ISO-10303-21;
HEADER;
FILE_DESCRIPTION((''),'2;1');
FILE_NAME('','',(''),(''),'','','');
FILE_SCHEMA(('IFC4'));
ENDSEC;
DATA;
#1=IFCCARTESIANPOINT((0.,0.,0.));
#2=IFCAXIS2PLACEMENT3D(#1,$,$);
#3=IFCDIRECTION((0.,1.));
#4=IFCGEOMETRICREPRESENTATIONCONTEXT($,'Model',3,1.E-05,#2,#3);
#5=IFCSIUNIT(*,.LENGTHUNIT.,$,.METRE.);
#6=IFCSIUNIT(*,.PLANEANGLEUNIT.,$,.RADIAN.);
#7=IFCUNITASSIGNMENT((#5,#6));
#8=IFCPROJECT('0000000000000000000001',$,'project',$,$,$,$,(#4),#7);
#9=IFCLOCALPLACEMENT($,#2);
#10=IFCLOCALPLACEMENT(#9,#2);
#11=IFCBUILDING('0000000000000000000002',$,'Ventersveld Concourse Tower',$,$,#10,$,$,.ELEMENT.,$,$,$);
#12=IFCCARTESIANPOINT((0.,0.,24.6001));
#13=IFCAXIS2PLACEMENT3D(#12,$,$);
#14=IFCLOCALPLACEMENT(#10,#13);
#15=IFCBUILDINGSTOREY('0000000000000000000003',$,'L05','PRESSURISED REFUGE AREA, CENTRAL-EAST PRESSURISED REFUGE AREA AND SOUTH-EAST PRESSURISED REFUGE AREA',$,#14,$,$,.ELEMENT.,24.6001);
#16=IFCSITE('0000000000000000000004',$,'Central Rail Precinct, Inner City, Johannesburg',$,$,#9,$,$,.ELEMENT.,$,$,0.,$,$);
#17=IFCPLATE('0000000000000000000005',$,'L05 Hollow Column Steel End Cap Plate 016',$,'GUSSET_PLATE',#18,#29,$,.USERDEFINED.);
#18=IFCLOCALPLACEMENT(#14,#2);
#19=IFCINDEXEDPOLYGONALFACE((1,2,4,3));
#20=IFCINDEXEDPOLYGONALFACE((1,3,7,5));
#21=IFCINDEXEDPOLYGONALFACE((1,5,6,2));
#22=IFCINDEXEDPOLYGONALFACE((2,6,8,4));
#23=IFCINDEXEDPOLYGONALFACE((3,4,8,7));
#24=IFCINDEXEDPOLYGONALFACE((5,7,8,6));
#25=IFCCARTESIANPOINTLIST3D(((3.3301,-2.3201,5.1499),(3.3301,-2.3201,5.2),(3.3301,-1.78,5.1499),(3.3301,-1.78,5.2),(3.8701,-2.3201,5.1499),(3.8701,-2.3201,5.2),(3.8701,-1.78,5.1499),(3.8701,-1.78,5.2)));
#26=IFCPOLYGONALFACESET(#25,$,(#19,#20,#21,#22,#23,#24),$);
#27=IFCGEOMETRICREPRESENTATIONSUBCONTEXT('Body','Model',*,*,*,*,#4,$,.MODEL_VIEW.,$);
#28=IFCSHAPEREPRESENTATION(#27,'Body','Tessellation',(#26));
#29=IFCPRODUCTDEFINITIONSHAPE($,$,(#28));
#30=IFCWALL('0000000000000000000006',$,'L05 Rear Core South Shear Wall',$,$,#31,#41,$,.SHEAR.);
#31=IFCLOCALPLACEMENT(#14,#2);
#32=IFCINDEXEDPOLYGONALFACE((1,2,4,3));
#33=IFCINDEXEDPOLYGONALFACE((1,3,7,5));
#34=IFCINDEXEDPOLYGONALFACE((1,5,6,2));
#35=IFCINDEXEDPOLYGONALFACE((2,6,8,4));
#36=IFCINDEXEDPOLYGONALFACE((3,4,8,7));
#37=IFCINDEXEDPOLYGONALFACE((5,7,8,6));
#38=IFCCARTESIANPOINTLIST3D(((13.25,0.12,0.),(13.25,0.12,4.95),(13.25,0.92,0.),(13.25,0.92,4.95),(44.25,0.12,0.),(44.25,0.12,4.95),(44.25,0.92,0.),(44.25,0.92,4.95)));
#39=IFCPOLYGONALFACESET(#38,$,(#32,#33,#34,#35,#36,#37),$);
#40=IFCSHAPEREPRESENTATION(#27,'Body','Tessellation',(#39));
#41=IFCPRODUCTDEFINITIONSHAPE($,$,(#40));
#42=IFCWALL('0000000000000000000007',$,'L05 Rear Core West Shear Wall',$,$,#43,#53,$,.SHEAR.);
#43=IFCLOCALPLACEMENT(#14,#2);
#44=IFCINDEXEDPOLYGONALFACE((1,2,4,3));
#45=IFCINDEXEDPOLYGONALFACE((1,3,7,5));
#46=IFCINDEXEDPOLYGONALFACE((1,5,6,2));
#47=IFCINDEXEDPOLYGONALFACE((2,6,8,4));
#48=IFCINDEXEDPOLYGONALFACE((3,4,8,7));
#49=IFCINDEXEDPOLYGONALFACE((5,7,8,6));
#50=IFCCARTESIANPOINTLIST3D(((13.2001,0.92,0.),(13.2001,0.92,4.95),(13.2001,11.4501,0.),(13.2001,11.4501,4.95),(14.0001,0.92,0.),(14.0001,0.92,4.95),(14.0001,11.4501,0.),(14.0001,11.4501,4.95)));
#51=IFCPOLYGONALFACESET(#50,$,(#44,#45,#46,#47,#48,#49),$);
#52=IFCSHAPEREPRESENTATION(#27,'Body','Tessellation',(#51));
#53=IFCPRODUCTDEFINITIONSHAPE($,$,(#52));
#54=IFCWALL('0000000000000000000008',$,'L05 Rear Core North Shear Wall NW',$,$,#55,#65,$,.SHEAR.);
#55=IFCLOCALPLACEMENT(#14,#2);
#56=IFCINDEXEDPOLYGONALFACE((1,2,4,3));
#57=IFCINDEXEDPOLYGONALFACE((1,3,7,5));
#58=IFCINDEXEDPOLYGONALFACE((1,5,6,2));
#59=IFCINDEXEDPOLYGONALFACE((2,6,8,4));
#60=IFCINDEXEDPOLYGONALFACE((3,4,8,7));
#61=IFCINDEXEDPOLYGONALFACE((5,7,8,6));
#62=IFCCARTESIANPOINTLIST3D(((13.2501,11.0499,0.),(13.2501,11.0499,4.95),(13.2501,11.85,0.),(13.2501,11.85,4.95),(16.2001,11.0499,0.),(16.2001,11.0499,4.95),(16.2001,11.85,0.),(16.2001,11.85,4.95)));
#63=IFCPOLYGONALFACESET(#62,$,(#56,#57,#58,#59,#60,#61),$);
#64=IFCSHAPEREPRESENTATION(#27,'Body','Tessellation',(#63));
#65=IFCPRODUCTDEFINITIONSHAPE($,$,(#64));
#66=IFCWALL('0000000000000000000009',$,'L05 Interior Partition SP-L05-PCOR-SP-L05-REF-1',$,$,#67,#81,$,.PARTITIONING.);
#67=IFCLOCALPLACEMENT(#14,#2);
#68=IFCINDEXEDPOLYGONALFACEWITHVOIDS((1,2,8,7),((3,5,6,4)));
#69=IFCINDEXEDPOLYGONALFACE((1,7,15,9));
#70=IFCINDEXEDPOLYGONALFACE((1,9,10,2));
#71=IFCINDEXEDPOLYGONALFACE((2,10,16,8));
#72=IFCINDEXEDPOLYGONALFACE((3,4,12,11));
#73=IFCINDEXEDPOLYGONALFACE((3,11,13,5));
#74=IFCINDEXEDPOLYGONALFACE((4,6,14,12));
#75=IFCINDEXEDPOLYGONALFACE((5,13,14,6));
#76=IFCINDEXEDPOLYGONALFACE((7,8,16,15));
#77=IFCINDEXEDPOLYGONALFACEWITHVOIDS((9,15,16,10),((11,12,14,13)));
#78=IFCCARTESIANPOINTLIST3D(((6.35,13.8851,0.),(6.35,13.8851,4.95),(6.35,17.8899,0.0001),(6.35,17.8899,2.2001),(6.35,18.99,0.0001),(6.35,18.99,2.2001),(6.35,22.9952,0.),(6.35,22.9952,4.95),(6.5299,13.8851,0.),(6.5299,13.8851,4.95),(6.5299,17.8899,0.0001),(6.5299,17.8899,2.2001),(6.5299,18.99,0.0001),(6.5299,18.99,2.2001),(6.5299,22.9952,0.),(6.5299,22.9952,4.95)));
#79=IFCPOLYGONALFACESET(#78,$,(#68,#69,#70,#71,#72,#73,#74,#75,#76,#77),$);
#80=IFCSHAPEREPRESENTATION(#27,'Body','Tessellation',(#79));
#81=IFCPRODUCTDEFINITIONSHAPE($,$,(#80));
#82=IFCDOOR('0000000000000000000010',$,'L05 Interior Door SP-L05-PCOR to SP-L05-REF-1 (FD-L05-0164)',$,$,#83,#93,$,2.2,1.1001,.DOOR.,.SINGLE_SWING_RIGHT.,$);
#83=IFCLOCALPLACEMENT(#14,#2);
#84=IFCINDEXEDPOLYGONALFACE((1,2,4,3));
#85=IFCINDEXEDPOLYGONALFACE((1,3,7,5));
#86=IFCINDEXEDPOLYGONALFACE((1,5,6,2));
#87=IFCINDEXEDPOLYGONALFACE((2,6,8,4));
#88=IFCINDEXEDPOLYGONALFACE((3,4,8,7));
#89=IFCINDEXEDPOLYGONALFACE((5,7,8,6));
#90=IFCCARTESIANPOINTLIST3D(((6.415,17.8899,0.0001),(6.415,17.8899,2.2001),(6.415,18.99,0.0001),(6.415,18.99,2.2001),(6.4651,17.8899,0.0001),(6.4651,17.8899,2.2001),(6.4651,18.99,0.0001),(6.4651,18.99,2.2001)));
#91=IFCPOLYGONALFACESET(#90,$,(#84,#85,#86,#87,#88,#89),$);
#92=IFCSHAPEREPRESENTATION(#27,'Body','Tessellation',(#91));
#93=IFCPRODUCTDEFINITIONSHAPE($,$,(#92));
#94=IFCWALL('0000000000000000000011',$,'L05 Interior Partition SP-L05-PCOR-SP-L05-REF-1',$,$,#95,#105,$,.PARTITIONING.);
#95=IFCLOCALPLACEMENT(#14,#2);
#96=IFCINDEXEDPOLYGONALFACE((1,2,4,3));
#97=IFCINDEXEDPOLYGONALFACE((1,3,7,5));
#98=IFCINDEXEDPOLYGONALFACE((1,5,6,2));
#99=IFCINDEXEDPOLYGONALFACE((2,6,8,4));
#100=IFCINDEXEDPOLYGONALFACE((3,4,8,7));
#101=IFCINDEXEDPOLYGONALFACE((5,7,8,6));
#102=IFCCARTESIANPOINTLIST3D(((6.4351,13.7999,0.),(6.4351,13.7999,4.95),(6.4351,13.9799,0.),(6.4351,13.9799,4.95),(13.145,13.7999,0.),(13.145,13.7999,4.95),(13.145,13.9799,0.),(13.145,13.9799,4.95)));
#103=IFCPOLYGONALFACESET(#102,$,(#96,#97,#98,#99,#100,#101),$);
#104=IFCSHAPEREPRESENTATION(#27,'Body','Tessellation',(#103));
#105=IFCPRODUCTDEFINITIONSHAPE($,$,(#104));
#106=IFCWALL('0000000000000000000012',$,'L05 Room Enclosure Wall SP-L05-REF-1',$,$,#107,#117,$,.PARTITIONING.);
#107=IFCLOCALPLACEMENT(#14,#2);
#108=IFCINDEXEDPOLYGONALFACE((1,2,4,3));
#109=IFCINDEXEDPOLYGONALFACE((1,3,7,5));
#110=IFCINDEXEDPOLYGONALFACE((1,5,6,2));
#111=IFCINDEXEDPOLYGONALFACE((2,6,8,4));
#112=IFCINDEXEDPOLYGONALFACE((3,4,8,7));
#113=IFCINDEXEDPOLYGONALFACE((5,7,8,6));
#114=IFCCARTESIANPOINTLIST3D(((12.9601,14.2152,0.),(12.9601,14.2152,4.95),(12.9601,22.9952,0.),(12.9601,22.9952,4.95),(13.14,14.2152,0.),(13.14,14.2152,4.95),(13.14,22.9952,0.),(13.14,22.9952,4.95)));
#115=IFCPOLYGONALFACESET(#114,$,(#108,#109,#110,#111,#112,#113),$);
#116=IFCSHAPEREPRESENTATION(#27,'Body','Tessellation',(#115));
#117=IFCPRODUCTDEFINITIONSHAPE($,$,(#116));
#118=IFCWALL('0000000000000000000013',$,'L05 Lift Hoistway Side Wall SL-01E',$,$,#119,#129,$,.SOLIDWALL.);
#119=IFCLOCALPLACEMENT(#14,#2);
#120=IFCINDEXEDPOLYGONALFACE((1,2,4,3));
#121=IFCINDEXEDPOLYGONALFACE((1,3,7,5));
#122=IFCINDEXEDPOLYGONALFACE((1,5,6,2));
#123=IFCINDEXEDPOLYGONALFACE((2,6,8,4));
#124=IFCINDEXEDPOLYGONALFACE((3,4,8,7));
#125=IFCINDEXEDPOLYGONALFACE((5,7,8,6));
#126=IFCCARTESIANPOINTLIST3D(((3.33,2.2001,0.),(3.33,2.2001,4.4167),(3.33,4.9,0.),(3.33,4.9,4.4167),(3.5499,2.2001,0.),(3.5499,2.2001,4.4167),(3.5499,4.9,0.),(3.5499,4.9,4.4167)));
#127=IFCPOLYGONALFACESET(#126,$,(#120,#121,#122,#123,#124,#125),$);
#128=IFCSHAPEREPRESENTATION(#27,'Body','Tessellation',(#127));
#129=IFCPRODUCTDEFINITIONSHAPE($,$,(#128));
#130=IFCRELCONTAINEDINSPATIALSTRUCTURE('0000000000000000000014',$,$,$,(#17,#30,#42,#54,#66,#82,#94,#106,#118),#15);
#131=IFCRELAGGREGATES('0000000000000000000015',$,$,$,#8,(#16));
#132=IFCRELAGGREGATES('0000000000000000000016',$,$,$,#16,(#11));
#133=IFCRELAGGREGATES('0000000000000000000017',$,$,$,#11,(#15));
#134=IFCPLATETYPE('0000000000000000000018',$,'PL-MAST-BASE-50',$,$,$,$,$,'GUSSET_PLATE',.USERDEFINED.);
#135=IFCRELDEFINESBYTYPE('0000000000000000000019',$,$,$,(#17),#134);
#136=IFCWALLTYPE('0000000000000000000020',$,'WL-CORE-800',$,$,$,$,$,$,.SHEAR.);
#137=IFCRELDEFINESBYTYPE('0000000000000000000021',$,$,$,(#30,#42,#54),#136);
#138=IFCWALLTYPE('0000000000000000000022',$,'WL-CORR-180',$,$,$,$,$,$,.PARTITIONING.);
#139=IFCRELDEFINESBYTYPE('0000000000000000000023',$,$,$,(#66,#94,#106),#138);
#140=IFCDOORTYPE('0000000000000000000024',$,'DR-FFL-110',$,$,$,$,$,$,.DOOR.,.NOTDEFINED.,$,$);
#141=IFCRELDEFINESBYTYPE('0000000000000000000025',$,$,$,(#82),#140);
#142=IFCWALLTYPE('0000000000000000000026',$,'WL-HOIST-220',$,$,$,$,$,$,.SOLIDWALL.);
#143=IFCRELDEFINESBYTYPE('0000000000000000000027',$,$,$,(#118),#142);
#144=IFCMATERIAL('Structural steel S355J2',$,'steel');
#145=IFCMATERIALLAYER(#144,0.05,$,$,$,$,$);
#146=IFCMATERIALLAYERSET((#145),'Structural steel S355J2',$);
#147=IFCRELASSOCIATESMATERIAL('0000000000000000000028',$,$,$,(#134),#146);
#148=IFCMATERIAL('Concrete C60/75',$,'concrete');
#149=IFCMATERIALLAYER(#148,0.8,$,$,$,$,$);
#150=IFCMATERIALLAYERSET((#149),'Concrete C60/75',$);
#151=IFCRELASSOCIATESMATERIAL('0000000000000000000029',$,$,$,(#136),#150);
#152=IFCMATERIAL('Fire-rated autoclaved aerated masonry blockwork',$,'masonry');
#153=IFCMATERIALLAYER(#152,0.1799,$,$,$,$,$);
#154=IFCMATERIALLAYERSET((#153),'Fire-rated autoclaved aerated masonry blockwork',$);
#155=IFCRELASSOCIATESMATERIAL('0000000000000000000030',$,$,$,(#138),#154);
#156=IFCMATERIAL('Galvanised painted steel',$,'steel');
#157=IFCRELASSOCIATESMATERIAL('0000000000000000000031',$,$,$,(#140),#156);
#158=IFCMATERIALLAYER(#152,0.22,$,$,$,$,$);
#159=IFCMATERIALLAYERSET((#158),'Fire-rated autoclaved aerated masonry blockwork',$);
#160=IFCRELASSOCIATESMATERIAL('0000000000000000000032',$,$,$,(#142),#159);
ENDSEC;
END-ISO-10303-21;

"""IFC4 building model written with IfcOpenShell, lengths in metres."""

from ifc_helpers import new_model, si_unit, direction, frame, frame_2d, origin, origin_2d, place, context, subcontext, project, spatial, rectangle, extrude, material, layer, layer_set, type_object, element, fill, save


model = new_model("IFC4")

# Units and contexts
model_context = context("Model", 3, precision=1e-05, world=origin(), true_north=direction((0.0, 1.0)))
body_context = subcontext(model_context, "Body", "Model", "MODEL_VIEW")
ifc_project = project(units=[si_unit("LENGTHUNIT", "METRE"), si_unit("PLANEANGLEUNIT", "RADIAN")], contexts=[model_context])

# Site, building, storey
site_placement = place(None, origin())
site = spatial("IfcSite", under=ifc_project, at=site_placement, Name="Central Rail Precinct, Inner City, Johannesburg", CompositionType="ELEMENT", RefElevation=0.0)
building_placement = place(site_placement, origin())
building = spatial("IfcBuilding", under=site, at=building_placement, Name="Ventersveld Concourse Tower", CompositionType="ELEMENT")
storey_placement = place(building_placement, frame((0.0, 0.0, 24.6001)))
storey = spatial("IfcBuildingStorey", under=building, at=storey_placement, Name="L05", Description="PRESSURISED REFUGE AREA, CENTRAL-EAST PRESSURISED REFUGE AREA AND SOUTH-EAST PRESSURISED REFUGE AREA", CompositionType="ELEMENT", Elevation=24.6001)

# Shared definitions
ifc_material_1 = material(Name="Concrete C60/75", Category="concrete")

# Shared definitions
ifc_material_2 = material(Name="Structural steel S355J2", Category="steel")

# Plate
ifc_layer_1 = layer(ifc_material_2, 0.05)
ifc_layer_set_1 = layer_set([ifc_layer_1], Name="Structural steel S355J2")
plate_type = type_object("IfcPlateType", Name="PL-MAST-BASE-50", ElementType="GUSSET_PLATE", PredefinedType="USERDEFINED", material=ifc_layer_set_1)
plate_placement = place(storey_placement, frame((3.6001, -2.05, 5.1499), z_axis=(0.0, 0.0, 1.0), x_axis=(1.0, 0.0, 0.0)))
element("IfcPlate", 1, at=plate_placement, inside=storey, type_object=plate_type, Name="L05 Hollow Column Steel End Cap Plate 016", ObjectType="GUSSET_PLATE", PredefinedType="USERDEFINED", context=body_context, shape_type="SweptSolid", body=[
    extrude(rectangle(XDim=0.54, YDim=0.54, at=origin_2d()), origin(), (0.0, 0.0, 1.0), 0.05),
])

# Walls
ifc_layer_2 = layer(ifc_material_1, 0.8)
ifc_layer_set_2 = layer_set([ifc_layer_2], Name="Concrete C60/75")
wall_type_1 = type_object("IfcWallType", Name="WL-CORE-800", PredefinedType="SHEAR", material=ifc_layer_set_2)
wall_1_placement = place(storey_placement, frame((13.25, 0.52, 0.0), z_axis=(0.0, 0.0, 1.0), x_axis=(1.0, 0.0, 0.0)))
element("IfcWall", 2, at=wall_1_placement, inside=storey, type_object=wall_type_1, Name="L05 Rear Core South Shear Wall", PredefinedType="SHEAR", context=body_context, shape_type="SweptSolid", body=[
    extrude(rectangle(XDim=31.0, YDim=0.8, at=frame_2d((15.5, 0.0))), origin(), (0.0, 0.0, 1.0), 4.95),
])
wall_2_placement = place(storey_placement, frame((13.6001, 0.9199, 0.0), z_axis=(0.0, 0.0, 1.0), x_axis=(0.0, 1.0, 0.0)))
element("IfcWall", 3, at=wall_2_placement, inside=storey, type_object=wall_type_1, Name="L05 Rear Core West Shear Wall", PredefinedType="SHEAR", context=body_context, shape_type="SweptSolid", body=[
    extrude(rectangle(XDim=10.53, YDim=0.8, at=frame_2d((5.2651, 0.0))), origin(), (0.0, 0.0, 1.0), 4.95),
])
wall_3_placement = place(storey_placement, frame((13.25, 11.45, 0.0), z_axis=(0.0, 0.0, 1.0), x_axis=(1.0, 0.0, 0.0)))
element("IfcWall", 4, at=wall_3_placement, inside=storey, type_object=wall_type_1, Name="L05 Rear Core North Shear Wall NW", PredefinedType="SHEAR", context=body_context, shape_type="SweptSolid", body=[
    extrude(rectangle(XDim=2.95, YDim=0.8, at=frame_2d((1.4751, 0.0))), origin(), (0.0, 0.0, 1.0), 4.95),
])

# Wall, opening, door
ifc_material_3 = material(Name="Fire-rated autoclaved aerated masonry blockwork", Category="masonry")
ifc_layer_3 = layer(ifc_material_3, 0.1799)
ifc_layer_set_3 = layer_set([ifc_layer_3], Name="Fire-rated autoclaved aerated masonry blockwork")
wall_type_2 = type_object("IfcWallType", Name="WL-CORR-180", PredefinedType="PARTITIONING", material=ifc_layer_set_3)
wall_4_placement = place(storey_placement, frame((6.4399, 13.885, 0.0), z_axis=(0.0, 0.0, 1.0), x_axis=(0.0, 1.0, 0.0)))
wall_4 = element("IfcWall", 5, at=wall_4_placement, inside=storey, type_object=wall_type_2, Name="L05 Interior Partition SP-L05-PCOR-SP-L05-REF-1", PredefinedType="PARTITIONING", context=body_context, shape_type="SweptSolid", body=[
    extrude(rectangle(XDim=9.1101, YDim=0.1799, at=frame_2d((4.5552, 0.0))), origin(), (0.0, 0.0, 1.0), 4.95),
])
opening_placement = place(wall_4_placement, frame((4.0049, 0.0, 0.0)))
opening = element("IfcOpeningElement", 6, at=opening_placement, cuts=wall_4, PredefinedType="OPENING", context=body_context, shape_type="SweptSolid", body=[
    extrude(rectangle(XDim=1.1001, YDim=2.2, at=frame_2d((0.55, 1.1001))), frame((0.0, 0.1001, 0.0), z_axis=(0.0, -1.0, 0.0), x_axis=(1.0, 0.0, 0.0)), (0.0, 0.0, 1.0), 0.2),
])
ifc_material_4 = material(Name="Galvanised painted steel", Category="steel")
door_type = type_object("IfcDoorType", Name="DR-FFL-110", OperationType="NOTDEFINED", PredefinedType="DOOR", material=ifc_material_4)
door_placement = place(opening_placement, origin())
door = element("IfcDoor", 7, at=door_placement, inside=storey, type_object=door_type, Name="L05 Interior Door SP-L05-PCOR to SP-L05-REF-1 (FD-L05-0164)", OperationType="SINGLE_SWING_RIGHT", OverallHeight=2.2, OverallWidth=1.1001, PredefinedType="DOOR", context=body_context, shape_type="SweptSolid", body=[
    extrude(rectangle(XDim=1.1001, YDim=2.2, at=frame_2d((0.55, 1.1001))), frame((0.0, 0.0249, 0.0), z_axis=(0.0, -1.0, 0.0), x_axis=(1.0, 0.0, 0.0)), (0.0, 0.0, 1.0), 0.05),
])
fill(opening, door)

# Walls
wall_5_placement = place(storey_placement, frame((6.4351, 13.8899, 0.0), z_axis=(0.0, 0.0, 1.0), x_axis=(1.0, 0.0, 0.0)))
element("IfcWall", 8, at=wall_5_placement, inside=storey, type_object=wall_type_2, Name="L05 Interior Partition SP-L05-PCOR-SP-L05-REF-1", PredefinedType="PARTITIONING", context=body_context, shape_type="SweptSolid", body=[
    extrude(rectangle(XDim=6.71, YDim=0.1799, at=frame_2d((3.355, 0.0))), origin(), (0.0, 0.0, 1.0), 4.95),
])
wall_6_placement = place(storey_placement, frame((13.05, 14.2151, 0.0), z_axis=(0.0, 0.0, 1.0), x_axis=(0.0, 1.0, 0.0)))
element("IfcWall", 9, at=wall_6_placement, inside=storey, type_object=wall_type_2, Name="L05 Room Enclosure Wall SP-L05-REF-1", PredefinedType="PARTITIONING", context=body_context, shape_type="SweptSolid", body=[
    extrude(rectangle(XDim=8.78, YDim=0.1799, at=frame_2d((4.3901, 0.0))), origin(), (0.0, 0.0, 1.0), 4.95),
])
ifc_layer_4 = layer(ifc_material_3, 0.22)
ifc_layer_set_4 = layer_set([ifc_layer_4], Name="Fire-rated autoclaved aerated masonry blockwork")
wall_type_3 = type_object("IfcWallType", Name="WL-HOIST-220", PredefinedType="SOLIDWALL", material=ifc_layer_set_4)
wall_7_placement = place(storey_placement, frame((3.4399, 2.2, 0.0), z_axis=(0.0, 0.0, 1.0), x_axis=(0.0, 1.0, 0.0)))
element("IfcWall", 10, at=wall_7_placement, inside=storey, type_object=wall_type_3, Name="L05 Lift Hoistway Side Wall SL-01E", PredefinedType="SOLIDWALL", context=body_context, shape_type="SweptSolid", body=[
    extrude(rectangle(XDim=2.7, YDim=0.22, at=frame_2d((1.3501, 0.0))), origin(), (0.0, 0.0, 1.0), 4.4167),
])

save(model, "model.ifc")
